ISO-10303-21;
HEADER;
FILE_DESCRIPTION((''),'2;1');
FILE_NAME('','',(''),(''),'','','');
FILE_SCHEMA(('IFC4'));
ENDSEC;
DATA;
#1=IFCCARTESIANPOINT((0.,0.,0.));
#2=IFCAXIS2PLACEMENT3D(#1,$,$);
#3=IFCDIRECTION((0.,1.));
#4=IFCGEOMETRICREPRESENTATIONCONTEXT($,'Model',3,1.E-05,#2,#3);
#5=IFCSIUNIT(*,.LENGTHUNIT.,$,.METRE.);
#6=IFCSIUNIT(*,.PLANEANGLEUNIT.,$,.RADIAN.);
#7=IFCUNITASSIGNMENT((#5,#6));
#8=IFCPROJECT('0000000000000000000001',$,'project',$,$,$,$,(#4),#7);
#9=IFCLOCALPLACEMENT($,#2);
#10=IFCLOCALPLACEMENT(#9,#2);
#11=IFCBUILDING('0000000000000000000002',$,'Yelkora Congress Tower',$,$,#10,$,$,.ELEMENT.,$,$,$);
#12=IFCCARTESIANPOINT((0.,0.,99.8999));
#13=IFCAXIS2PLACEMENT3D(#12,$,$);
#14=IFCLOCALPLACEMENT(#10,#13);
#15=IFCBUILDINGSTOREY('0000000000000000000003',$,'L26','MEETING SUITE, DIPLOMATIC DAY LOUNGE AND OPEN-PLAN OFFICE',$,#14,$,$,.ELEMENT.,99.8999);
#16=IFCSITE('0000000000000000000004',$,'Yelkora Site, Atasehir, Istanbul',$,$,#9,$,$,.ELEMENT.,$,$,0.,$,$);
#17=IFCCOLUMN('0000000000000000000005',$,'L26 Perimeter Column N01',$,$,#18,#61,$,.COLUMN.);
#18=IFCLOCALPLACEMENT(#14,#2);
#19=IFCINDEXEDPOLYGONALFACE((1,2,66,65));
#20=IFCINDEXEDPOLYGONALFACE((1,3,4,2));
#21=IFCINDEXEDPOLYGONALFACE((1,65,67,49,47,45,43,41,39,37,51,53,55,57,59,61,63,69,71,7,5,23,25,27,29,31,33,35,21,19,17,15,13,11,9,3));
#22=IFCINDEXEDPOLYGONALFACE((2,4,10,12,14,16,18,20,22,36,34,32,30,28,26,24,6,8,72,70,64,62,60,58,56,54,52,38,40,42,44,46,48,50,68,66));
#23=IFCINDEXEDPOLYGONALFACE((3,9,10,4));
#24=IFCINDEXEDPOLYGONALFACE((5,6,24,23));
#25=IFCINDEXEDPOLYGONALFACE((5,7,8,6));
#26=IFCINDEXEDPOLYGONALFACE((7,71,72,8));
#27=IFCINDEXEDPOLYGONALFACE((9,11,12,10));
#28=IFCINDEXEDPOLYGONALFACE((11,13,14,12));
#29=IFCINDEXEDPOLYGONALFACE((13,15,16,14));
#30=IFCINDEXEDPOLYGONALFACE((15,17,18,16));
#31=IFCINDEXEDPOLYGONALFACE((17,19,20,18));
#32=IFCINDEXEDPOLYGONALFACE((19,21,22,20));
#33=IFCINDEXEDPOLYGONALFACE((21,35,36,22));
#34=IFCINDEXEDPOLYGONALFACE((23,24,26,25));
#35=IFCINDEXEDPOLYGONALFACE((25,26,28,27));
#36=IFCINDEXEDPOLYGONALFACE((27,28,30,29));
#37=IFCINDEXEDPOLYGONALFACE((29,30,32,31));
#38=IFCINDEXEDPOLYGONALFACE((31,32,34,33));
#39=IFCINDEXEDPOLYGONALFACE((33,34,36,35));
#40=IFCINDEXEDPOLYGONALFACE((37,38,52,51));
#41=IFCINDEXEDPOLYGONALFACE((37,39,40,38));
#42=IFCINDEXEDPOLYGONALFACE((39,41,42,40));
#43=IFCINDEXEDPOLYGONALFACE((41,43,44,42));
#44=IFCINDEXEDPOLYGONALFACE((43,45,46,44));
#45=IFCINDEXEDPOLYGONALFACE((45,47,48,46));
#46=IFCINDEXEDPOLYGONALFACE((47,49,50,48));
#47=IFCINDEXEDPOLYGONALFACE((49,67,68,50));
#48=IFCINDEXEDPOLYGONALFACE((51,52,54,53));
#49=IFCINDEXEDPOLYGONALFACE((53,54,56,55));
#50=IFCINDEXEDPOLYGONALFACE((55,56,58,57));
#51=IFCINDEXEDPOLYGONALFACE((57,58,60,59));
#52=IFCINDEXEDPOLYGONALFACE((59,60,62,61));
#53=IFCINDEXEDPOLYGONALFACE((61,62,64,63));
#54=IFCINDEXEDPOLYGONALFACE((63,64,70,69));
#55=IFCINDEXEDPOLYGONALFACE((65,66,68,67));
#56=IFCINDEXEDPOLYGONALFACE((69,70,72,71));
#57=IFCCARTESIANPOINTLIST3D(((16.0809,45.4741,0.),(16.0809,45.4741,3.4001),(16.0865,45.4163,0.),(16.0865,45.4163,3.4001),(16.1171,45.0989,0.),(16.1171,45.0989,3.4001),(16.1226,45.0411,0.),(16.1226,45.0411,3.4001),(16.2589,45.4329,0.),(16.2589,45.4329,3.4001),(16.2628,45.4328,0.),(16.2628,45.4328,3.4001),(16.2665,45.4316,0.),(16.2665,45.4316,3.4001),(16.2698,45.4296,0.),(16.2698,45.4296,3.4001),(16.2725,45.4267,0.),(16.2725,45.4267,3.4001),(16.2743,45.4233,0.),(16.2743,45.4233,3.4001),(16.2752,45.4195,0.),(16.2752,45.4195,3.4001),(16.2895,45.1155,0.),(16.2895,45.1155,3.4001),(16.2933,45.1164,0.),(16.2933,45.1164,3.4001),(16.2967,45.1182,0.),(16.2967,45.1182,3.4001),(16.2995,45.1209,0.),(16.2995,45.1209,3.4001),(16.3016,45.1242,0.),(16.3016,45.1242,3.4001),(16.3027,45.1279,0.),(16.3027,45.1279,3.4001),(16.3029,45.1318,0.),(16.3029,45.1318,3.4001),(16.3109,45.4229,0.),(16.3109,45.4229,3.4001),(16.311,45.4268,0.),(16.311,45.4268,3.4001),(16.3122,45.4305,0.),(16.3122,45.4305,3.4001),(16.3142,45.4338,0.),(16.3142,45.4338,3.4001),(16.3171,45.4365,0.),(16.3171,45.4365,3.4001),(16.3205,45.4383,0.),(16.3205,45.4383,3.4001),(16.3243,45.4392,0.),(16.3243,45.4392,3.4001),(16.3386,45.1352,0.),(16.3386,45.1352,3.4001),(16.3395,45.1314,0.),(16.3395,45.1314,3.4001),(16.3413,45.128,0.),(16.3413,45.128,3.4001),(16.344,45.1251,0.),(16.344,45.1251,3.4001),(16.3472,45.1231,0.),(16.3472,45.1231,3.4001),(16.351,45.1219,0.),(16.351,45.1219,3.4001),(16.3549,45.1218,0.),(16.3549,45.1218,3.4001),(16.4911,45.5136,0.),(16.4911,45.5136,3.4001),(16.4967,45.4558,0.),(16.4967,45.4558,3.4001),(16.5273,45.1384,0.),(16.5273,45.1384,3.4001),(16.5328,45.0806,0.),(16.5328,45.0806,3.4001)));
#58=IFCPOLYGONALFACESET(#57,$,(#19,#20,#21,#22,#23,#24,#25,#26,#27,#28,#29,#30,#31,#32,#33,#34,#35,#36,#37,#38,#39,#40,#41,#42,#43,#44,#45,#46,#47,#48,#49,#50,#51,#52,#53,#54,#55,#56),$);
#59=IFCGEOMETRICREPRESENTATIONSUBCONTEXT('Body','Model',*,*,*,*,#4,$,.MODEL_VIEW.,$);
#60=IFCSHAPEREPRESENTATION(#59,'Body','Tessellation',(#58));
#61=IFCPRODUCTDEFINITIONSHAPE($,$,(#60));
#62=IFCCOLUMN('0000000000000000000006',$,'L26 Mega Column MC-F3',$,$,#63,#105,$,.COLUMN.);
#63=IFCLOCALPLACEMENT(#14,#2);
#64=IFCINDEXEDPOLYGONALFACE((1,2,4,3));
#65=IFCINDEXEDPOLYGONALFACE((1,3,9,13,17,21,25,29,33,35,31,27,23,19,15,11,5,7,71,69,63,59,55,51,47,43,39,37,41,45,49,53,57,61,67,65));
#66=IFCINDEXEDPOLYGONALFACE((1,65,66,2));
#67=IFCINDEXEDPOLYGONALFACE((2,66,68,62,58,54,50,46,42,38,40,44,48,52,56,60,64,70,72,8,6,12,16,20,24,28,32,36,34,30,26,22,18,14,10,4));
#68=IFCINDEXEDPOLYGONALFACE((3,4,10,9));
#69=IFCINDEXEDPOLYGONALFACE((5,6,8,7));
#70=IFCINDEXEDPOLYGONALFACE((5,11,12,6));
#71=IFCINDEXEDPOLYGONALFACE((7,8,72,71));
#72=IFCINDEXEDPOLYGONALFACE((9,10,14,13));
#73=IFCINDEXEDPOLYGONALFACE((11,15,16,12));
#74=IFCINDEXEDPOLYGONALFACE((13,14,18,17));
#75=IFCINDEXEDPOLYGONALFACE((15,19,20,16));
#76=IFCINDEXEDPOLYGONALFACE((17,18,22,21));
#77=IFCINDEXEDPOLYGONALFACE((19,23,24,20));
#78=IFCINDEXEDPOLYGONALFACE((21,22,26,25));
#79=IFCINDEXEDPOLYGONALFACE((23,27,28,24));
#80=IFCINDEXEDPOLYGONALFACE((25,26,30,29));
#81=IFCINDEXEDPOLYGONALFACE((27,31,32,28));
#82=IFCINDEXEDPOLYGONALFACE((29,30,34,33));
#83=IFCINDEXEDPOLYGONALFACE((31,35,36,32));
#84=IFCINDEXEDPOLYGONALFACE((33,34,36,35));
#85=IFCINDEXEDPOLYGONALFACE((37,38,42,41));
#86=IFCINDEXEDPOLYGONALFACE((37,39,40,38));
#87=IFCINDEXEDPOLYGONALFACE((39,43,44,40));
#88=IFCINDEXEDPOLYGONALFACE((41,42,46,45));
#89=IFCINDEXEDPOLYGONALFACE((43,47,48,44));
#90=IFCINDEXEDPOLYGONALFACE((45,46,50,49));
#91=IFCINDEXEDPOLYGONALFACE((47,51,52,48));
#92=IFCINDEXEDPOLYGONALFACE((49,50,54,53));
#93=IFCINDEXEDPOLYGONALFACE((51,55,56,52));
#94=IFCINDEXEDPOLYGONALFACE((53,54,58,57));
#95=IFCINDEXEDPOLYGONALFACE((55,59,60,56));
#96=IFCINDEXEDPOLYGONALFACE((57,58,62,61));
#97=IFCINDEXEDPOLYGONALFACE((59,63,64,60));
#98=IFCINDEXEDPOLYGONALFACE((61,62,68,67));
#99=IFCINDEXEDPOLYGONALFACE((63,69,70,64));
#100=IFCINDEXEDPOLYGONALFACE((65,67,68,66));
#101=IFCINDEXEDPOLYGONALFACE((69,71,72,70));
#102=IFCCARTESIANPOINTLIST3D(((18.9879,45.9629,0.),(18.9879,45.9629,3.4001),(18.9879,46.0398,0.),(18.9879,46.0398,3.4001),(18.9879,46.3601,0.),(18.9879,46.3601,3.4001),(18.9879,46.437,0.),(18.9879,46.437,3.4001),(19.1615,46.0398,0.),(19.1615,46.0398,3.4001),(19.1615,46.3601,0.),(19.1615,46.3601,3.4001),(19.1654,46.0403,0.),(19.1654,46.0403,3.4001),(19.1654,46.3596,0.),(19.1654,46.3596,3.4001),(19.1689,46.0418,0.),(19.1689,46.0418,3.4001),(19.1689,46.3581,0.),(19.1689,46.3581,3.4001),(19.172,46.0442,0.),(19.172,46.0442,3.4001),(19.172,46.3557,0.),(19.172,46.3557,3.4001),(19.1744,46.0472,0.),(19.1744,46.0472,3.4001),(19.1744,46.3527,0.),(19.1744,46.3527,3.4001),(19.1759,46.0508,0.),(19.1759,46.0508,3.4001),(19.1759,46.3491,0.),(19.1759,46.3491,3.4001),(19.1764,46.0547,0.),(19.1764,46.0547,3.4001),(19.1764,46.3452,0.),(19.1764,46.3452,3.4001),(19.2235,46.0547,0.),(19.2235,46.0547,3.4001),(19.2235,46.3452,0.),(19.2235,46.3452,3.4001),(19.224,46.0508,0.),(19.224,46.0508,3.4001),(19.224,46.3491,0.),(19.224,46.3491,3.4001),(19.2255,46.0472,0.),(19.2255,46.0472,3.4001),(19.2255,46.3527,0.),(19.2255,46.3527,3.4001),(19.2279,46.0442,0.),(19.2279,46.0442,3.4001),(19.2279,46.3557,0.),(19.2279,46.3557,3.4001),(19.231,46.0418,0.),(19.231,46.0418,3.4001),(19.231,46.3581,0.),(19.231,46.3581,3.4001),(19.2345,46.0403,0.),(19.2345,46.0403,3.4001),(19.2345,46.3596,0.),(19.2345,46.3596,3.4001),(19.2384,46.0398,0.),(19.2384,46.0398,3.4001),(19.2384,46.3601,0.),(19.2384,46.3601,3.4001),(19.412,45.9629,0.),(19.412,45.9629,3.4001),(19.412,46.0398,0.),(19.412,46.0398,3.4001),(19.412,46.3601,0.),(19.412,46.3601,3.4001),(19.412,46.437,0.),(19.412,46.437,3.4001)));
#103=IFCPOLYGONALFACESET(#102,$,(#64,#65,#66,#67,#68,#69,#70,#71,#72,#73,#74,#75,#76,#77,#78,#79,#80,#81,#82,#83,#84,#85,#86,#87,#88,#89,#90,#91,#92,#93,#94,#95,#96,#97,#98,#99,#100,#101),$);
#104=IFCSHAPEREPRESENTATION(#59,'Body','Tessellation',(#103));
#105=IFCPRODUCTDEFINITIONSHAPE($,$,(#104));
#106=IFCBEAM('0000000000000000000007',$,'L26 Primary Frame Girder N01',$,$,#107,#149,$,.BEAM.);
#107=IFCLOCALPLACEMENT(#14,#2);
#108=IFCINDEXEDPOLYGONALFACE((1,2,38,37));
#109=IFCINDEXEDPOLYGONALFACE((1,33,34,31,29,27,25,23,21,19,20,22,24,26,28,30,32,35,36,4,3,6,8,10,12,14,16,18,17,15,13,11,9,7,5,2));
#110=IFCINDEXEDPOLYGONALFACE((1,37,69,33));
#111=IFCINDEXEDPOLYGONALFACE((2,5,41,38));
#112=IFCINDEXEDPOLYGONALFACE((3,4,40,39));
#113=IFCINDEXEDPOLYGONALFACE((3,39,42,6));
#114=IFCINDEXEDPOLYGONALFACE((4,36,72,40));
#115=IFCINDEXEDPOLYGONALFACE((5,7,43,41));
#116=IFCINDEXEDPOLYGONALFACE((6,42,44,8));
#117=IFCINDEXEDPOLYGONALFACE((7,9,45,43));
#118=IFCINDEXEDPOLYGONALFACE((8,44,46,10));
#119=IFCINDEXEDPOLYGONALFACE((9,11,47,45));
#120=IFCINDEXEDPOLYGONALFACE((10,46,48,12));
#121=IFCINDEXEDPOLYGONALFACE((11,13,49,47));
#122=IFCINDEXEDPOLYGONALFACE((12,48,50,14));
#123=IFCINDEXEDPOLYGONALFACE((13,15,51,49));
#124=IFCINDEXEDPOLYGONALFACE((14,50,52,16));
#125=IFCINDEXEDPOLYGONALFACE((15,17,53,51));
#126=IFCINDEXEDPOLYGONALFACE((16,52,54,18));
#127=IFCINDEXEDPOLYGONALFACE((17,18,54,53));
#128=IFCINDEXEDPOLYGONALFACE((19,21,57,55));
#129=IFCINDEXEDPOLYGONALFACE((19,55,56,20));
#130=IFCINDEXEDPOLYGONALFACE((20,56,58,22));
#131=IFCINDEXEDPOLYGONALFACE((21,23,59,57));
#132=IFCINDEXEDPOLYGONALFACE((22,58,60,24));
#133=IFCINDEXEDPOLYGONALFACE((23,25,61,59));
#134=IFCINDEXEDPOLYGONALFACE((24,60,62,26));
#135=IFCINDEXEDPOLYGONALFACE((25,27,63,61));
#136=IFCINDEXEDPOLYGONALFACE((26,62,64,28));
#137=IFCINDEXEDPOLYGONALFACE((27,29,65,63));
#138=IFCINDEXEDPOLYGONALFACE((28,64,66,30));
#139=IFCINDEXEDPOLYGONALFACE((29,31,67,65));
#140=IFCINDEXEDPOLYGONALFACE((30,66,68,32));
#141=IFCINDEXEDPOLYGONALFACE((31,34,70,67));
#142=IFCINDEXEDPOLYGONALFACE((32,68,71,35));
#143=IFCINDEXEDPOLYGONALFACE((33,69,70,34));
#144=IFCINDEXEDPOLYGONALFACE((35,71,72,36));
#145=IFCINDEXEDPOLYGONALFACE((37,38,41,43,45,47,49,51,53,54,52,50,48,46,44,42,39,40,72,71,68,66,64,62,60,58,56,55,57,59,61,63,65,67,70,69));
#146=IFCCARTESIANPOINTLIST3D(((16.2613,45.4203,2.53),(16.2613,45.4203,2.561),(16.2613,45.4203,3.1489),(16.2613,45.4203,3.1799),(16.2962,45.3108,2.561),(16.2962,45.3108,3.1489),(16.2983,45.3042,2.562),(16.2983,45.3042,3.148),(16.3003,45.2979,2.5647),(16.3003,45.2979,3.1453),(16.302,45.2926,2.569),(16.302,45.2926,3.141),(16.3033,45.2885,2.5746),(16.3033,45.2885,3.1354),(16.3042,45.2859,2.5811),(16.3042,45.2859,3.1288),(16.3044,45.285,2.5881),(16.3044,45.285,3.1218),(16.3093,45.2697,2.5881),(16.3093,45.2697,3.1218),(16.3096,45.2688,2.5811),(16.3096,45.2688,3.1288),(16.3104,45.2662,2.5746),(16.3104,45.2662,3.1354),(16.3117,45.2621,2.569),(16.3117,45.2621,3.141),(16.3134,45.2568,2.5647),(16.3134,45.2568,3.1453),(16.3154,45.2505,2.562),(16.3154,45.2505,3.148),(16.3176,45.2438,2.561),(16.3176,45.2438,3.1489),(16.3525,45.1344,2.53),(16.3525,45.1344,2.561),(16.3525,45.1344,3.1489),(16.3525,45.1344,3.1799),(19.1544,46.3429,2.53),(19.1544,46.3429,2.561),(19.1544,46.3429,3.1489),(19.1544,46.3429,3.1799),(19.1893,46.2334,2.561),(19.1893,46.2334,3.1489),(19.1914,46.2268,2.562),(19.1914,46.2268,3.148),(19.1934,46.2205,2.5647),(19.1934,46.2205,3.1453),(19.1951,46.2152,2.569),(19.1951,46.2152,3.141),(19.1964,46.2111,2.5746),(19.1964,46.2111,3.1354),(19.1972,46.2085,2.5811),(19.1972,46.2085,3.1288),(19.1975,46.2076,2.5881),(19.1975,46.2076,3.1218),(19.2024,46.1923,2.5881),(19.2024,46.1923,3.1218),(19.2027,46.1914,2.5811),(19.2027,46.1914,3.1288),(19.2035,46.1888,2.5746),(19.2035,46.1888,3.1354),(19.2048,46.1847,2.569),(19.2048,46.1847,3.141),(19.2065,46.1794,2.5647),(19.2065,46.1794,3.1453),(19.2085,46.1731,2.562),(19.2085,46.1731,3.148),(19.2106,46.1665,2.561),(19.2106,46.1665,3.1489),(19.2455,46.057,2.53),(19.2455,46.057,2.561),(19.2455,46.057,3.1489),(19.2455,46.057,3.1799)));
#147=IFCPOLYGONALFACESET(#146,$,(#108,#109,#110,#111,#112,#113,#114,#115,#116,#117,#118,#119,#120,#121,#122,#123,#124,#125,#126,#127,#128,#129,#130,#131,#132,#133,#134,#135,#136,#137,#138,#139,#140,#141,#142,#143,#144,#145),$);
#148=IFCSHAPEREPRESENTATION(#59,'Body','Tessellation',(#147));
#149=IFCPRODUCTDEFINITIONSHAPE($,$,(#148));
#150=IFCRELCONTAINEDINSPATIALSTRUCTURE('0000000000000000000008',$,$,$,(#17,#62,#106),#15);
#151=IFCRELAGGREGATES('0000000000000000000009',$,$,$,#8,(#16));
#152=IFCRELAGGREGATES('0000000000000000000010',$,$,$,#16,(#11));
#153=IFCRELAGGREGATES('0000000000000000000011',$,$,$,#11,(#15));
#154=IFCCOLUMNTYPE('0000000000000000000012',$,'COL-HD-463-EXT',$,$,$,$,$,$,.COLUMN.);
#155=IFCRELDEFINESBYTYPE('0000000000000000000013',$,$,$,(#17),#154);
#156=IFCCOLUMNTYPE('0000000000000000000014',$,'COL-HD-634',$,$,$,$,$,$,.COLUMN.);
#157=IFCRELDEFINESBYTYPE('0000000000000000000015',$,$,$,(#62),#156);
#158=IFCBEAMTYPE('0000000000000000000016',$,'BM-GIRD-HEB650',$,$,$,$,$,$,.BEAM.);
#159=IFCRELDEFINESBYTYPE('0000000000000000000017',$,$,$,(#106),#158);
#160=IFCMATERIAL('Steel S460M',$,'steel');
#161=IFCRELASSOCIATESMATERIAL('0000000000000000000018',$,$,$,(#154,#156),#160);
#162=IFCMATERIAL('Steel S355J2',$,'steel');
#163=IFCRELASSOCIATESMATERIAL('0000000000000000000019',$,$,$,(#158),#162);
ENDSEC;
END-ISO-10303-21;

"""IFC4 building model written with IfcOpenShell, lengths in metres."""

from ifc_helpers import new_model, si_unit, direction, frame, origin, origin_2d, place, context, subcontext, project, spatial, i_section, extrude, material, material_profile, profile_set, type_object, element, save


model = new_model("IFC4")

# Units and contexts
model_context = context("Model", 3, precision=1e-05, world=origin(), true_north=direction((0.0, 1.0)))
body_context = subcontext(model_context, "Body", "Model", "MODEL_VIEW")
ifc_project = project(units=[si_unit("LENGTHUNIT", "METRE"), si_unit("PLANEANGLEUNIT", "RADIAN")], contexts=[model_context])

# Site, building, storey
site_placement = place(None, origin())
site = spatial("IfcSite", under=ifc_project, at=site_placement, Name="Yelkora Site, Atasehir, Istanbul", CompositionType="ELEMENT", RefElevation=0.0)
building_placement = place(site_placement, origin())
building = spatial("IfcBuilding", under=site, at=building_placement, Name="Yelkora Congress Tower", CompositionType="ELEMENT")
storey_placement = place(building_placement, frame((0.0, 0.0, 99.8999)))
storey = spatial("IfcBuildingStorey", under=building, at=storey_placement, Name="L26", Description="MEETING SUITE, DIPLOMATIC DAY LOUNGE AND OPEN-PLAN OFFICE", CompositionType="ELEMENT", Elevation=99.8999)

# Columns
ifc_material_1 = material(Name="Steel S460M", Category="steel")
ifc_material_profile_1 = material_profile(ifc_material_1, i_section(OverallWidth=0.4121, OverallDepth=0.4351, WebThickness=0.0359, FlangeThickness=0.0581, FilletRadius=0.0149, at=origin_2d()), Name="HD 400x463")
ifc_profile_set_1 = profile_set([ifc_material_profile_1], Name="Steel S460M")
column_type_1 = type_object("IfcColumnType", Name="COL-HD-463-EXT", PredefinedType="COLUMN", material=ifc_profile_set_1)
column_1_placement = place(storey_placement, frame((16.3069, 45.2773, 0.0), z_axis=(0.0, 0.0, 1.0), x_axis=(0.995396, 0.095846, 0.0)))
element("IfcColumn", 1, at=column_1_placement, inside=storey, type_object=column_type_1, Name="L26 Perimeter Column N01", PredefinedType="COLUMN", context=body_context, shape_type="SweptSolid", body=[
    extrude(i_section(OverallWidth=0.4121, OverallDepth=0.4351, WebThickness=0.0359, FlangeThickness=0.0581, FilletRadius=0.0149, at=origin_2d()), origin(), (0.0, 0.0, 1.0), 3.4001),
])
ifc_material_profile_2 = material_profile(ifc_material_1, i_section(OverallWidth=0.4241, OverallDepth=0.4741, WebThickness=0.0471, FlangeThickness=0.0769, FilletRadius=0.0149, at=origin_2d()), Name="HD 400x634")
ifc_profile_set_2 = profile_set([ifc_material_profile_2], Name="Steel S460M")
column_type_2 = type_object("IfcColumnType", Name="COL-HD-634", PredefinedType="COLUMN", material=ifc_profile_set_2)
column_2_placement = place(storey_placement, frame((19.2, 46.2, 0.0), z_axis=(0.0, 0.0, 1.0), x_axis=(1.0, 0.0, 0.0)))
element("IfcColumn", 2, at=column_2_placement, inside=storey, type_object=column_type_2, Name="L26 Mega Column MC-F3", PredefinedType="COLUMN", context=body_context, shape_type="SweptSolid", body=[
    extrude(i_section(OverallWidth=0.4241, OverallDepth=0.4741, WebThickness=0.0471, FlangeThickness=0.0769, FilletRadius=0.0149, at=origin_2d()), origin(), (0.0, 0.0, 1.0), 3.4001),
])

# Beam
ifc_material_2 = material(Name="Steel S355J2", Category="steel")
ifc_material_profile_3 = material_profile(ifc_material_2, i_section(OverallWidth=0.3, OverallDepth=0.6499, WebThickness=0.0161, FlangeThickness=0.031, FilletRadius=0.0271, at=origin_2d()), Name="HEB 650")
ifc_profile_set_3 = profile_set([ifc_material_profile_3], Name="Steel S355J2")
beam_type_1 = type_object("IfcBeamType", Name="BM-GIRD-HEB650", PredefinedType="BEAM", material=ifc_profile_set_3)
beam_1_placement = place(storey_placement, frame((16.3069, 45.2773, 2.855), z_axis=(0.952727, 0.303827, 0.0), x_axis=(-0.303827, 0.952727, 0.0)))
element("IfcBeam", 3, at=beam_1_placement, inside=storey, type_object=beam_type_1, Name="L26 Primary Frame Girder N01", PredefinedType="BEAM", context=body_context, shape_type="SweptSolid", body=[
    extrude(i_section(OverallWidth=0.3, OverallDepth=0.6499, WebThickness=0.0161, FlangeThickness=0.031, FilletRadius=0.0271, at=origin_2d()), origin(), (0.0, 0.0, 1.0), 3.0366),
])

save(model, "model.ifc")
